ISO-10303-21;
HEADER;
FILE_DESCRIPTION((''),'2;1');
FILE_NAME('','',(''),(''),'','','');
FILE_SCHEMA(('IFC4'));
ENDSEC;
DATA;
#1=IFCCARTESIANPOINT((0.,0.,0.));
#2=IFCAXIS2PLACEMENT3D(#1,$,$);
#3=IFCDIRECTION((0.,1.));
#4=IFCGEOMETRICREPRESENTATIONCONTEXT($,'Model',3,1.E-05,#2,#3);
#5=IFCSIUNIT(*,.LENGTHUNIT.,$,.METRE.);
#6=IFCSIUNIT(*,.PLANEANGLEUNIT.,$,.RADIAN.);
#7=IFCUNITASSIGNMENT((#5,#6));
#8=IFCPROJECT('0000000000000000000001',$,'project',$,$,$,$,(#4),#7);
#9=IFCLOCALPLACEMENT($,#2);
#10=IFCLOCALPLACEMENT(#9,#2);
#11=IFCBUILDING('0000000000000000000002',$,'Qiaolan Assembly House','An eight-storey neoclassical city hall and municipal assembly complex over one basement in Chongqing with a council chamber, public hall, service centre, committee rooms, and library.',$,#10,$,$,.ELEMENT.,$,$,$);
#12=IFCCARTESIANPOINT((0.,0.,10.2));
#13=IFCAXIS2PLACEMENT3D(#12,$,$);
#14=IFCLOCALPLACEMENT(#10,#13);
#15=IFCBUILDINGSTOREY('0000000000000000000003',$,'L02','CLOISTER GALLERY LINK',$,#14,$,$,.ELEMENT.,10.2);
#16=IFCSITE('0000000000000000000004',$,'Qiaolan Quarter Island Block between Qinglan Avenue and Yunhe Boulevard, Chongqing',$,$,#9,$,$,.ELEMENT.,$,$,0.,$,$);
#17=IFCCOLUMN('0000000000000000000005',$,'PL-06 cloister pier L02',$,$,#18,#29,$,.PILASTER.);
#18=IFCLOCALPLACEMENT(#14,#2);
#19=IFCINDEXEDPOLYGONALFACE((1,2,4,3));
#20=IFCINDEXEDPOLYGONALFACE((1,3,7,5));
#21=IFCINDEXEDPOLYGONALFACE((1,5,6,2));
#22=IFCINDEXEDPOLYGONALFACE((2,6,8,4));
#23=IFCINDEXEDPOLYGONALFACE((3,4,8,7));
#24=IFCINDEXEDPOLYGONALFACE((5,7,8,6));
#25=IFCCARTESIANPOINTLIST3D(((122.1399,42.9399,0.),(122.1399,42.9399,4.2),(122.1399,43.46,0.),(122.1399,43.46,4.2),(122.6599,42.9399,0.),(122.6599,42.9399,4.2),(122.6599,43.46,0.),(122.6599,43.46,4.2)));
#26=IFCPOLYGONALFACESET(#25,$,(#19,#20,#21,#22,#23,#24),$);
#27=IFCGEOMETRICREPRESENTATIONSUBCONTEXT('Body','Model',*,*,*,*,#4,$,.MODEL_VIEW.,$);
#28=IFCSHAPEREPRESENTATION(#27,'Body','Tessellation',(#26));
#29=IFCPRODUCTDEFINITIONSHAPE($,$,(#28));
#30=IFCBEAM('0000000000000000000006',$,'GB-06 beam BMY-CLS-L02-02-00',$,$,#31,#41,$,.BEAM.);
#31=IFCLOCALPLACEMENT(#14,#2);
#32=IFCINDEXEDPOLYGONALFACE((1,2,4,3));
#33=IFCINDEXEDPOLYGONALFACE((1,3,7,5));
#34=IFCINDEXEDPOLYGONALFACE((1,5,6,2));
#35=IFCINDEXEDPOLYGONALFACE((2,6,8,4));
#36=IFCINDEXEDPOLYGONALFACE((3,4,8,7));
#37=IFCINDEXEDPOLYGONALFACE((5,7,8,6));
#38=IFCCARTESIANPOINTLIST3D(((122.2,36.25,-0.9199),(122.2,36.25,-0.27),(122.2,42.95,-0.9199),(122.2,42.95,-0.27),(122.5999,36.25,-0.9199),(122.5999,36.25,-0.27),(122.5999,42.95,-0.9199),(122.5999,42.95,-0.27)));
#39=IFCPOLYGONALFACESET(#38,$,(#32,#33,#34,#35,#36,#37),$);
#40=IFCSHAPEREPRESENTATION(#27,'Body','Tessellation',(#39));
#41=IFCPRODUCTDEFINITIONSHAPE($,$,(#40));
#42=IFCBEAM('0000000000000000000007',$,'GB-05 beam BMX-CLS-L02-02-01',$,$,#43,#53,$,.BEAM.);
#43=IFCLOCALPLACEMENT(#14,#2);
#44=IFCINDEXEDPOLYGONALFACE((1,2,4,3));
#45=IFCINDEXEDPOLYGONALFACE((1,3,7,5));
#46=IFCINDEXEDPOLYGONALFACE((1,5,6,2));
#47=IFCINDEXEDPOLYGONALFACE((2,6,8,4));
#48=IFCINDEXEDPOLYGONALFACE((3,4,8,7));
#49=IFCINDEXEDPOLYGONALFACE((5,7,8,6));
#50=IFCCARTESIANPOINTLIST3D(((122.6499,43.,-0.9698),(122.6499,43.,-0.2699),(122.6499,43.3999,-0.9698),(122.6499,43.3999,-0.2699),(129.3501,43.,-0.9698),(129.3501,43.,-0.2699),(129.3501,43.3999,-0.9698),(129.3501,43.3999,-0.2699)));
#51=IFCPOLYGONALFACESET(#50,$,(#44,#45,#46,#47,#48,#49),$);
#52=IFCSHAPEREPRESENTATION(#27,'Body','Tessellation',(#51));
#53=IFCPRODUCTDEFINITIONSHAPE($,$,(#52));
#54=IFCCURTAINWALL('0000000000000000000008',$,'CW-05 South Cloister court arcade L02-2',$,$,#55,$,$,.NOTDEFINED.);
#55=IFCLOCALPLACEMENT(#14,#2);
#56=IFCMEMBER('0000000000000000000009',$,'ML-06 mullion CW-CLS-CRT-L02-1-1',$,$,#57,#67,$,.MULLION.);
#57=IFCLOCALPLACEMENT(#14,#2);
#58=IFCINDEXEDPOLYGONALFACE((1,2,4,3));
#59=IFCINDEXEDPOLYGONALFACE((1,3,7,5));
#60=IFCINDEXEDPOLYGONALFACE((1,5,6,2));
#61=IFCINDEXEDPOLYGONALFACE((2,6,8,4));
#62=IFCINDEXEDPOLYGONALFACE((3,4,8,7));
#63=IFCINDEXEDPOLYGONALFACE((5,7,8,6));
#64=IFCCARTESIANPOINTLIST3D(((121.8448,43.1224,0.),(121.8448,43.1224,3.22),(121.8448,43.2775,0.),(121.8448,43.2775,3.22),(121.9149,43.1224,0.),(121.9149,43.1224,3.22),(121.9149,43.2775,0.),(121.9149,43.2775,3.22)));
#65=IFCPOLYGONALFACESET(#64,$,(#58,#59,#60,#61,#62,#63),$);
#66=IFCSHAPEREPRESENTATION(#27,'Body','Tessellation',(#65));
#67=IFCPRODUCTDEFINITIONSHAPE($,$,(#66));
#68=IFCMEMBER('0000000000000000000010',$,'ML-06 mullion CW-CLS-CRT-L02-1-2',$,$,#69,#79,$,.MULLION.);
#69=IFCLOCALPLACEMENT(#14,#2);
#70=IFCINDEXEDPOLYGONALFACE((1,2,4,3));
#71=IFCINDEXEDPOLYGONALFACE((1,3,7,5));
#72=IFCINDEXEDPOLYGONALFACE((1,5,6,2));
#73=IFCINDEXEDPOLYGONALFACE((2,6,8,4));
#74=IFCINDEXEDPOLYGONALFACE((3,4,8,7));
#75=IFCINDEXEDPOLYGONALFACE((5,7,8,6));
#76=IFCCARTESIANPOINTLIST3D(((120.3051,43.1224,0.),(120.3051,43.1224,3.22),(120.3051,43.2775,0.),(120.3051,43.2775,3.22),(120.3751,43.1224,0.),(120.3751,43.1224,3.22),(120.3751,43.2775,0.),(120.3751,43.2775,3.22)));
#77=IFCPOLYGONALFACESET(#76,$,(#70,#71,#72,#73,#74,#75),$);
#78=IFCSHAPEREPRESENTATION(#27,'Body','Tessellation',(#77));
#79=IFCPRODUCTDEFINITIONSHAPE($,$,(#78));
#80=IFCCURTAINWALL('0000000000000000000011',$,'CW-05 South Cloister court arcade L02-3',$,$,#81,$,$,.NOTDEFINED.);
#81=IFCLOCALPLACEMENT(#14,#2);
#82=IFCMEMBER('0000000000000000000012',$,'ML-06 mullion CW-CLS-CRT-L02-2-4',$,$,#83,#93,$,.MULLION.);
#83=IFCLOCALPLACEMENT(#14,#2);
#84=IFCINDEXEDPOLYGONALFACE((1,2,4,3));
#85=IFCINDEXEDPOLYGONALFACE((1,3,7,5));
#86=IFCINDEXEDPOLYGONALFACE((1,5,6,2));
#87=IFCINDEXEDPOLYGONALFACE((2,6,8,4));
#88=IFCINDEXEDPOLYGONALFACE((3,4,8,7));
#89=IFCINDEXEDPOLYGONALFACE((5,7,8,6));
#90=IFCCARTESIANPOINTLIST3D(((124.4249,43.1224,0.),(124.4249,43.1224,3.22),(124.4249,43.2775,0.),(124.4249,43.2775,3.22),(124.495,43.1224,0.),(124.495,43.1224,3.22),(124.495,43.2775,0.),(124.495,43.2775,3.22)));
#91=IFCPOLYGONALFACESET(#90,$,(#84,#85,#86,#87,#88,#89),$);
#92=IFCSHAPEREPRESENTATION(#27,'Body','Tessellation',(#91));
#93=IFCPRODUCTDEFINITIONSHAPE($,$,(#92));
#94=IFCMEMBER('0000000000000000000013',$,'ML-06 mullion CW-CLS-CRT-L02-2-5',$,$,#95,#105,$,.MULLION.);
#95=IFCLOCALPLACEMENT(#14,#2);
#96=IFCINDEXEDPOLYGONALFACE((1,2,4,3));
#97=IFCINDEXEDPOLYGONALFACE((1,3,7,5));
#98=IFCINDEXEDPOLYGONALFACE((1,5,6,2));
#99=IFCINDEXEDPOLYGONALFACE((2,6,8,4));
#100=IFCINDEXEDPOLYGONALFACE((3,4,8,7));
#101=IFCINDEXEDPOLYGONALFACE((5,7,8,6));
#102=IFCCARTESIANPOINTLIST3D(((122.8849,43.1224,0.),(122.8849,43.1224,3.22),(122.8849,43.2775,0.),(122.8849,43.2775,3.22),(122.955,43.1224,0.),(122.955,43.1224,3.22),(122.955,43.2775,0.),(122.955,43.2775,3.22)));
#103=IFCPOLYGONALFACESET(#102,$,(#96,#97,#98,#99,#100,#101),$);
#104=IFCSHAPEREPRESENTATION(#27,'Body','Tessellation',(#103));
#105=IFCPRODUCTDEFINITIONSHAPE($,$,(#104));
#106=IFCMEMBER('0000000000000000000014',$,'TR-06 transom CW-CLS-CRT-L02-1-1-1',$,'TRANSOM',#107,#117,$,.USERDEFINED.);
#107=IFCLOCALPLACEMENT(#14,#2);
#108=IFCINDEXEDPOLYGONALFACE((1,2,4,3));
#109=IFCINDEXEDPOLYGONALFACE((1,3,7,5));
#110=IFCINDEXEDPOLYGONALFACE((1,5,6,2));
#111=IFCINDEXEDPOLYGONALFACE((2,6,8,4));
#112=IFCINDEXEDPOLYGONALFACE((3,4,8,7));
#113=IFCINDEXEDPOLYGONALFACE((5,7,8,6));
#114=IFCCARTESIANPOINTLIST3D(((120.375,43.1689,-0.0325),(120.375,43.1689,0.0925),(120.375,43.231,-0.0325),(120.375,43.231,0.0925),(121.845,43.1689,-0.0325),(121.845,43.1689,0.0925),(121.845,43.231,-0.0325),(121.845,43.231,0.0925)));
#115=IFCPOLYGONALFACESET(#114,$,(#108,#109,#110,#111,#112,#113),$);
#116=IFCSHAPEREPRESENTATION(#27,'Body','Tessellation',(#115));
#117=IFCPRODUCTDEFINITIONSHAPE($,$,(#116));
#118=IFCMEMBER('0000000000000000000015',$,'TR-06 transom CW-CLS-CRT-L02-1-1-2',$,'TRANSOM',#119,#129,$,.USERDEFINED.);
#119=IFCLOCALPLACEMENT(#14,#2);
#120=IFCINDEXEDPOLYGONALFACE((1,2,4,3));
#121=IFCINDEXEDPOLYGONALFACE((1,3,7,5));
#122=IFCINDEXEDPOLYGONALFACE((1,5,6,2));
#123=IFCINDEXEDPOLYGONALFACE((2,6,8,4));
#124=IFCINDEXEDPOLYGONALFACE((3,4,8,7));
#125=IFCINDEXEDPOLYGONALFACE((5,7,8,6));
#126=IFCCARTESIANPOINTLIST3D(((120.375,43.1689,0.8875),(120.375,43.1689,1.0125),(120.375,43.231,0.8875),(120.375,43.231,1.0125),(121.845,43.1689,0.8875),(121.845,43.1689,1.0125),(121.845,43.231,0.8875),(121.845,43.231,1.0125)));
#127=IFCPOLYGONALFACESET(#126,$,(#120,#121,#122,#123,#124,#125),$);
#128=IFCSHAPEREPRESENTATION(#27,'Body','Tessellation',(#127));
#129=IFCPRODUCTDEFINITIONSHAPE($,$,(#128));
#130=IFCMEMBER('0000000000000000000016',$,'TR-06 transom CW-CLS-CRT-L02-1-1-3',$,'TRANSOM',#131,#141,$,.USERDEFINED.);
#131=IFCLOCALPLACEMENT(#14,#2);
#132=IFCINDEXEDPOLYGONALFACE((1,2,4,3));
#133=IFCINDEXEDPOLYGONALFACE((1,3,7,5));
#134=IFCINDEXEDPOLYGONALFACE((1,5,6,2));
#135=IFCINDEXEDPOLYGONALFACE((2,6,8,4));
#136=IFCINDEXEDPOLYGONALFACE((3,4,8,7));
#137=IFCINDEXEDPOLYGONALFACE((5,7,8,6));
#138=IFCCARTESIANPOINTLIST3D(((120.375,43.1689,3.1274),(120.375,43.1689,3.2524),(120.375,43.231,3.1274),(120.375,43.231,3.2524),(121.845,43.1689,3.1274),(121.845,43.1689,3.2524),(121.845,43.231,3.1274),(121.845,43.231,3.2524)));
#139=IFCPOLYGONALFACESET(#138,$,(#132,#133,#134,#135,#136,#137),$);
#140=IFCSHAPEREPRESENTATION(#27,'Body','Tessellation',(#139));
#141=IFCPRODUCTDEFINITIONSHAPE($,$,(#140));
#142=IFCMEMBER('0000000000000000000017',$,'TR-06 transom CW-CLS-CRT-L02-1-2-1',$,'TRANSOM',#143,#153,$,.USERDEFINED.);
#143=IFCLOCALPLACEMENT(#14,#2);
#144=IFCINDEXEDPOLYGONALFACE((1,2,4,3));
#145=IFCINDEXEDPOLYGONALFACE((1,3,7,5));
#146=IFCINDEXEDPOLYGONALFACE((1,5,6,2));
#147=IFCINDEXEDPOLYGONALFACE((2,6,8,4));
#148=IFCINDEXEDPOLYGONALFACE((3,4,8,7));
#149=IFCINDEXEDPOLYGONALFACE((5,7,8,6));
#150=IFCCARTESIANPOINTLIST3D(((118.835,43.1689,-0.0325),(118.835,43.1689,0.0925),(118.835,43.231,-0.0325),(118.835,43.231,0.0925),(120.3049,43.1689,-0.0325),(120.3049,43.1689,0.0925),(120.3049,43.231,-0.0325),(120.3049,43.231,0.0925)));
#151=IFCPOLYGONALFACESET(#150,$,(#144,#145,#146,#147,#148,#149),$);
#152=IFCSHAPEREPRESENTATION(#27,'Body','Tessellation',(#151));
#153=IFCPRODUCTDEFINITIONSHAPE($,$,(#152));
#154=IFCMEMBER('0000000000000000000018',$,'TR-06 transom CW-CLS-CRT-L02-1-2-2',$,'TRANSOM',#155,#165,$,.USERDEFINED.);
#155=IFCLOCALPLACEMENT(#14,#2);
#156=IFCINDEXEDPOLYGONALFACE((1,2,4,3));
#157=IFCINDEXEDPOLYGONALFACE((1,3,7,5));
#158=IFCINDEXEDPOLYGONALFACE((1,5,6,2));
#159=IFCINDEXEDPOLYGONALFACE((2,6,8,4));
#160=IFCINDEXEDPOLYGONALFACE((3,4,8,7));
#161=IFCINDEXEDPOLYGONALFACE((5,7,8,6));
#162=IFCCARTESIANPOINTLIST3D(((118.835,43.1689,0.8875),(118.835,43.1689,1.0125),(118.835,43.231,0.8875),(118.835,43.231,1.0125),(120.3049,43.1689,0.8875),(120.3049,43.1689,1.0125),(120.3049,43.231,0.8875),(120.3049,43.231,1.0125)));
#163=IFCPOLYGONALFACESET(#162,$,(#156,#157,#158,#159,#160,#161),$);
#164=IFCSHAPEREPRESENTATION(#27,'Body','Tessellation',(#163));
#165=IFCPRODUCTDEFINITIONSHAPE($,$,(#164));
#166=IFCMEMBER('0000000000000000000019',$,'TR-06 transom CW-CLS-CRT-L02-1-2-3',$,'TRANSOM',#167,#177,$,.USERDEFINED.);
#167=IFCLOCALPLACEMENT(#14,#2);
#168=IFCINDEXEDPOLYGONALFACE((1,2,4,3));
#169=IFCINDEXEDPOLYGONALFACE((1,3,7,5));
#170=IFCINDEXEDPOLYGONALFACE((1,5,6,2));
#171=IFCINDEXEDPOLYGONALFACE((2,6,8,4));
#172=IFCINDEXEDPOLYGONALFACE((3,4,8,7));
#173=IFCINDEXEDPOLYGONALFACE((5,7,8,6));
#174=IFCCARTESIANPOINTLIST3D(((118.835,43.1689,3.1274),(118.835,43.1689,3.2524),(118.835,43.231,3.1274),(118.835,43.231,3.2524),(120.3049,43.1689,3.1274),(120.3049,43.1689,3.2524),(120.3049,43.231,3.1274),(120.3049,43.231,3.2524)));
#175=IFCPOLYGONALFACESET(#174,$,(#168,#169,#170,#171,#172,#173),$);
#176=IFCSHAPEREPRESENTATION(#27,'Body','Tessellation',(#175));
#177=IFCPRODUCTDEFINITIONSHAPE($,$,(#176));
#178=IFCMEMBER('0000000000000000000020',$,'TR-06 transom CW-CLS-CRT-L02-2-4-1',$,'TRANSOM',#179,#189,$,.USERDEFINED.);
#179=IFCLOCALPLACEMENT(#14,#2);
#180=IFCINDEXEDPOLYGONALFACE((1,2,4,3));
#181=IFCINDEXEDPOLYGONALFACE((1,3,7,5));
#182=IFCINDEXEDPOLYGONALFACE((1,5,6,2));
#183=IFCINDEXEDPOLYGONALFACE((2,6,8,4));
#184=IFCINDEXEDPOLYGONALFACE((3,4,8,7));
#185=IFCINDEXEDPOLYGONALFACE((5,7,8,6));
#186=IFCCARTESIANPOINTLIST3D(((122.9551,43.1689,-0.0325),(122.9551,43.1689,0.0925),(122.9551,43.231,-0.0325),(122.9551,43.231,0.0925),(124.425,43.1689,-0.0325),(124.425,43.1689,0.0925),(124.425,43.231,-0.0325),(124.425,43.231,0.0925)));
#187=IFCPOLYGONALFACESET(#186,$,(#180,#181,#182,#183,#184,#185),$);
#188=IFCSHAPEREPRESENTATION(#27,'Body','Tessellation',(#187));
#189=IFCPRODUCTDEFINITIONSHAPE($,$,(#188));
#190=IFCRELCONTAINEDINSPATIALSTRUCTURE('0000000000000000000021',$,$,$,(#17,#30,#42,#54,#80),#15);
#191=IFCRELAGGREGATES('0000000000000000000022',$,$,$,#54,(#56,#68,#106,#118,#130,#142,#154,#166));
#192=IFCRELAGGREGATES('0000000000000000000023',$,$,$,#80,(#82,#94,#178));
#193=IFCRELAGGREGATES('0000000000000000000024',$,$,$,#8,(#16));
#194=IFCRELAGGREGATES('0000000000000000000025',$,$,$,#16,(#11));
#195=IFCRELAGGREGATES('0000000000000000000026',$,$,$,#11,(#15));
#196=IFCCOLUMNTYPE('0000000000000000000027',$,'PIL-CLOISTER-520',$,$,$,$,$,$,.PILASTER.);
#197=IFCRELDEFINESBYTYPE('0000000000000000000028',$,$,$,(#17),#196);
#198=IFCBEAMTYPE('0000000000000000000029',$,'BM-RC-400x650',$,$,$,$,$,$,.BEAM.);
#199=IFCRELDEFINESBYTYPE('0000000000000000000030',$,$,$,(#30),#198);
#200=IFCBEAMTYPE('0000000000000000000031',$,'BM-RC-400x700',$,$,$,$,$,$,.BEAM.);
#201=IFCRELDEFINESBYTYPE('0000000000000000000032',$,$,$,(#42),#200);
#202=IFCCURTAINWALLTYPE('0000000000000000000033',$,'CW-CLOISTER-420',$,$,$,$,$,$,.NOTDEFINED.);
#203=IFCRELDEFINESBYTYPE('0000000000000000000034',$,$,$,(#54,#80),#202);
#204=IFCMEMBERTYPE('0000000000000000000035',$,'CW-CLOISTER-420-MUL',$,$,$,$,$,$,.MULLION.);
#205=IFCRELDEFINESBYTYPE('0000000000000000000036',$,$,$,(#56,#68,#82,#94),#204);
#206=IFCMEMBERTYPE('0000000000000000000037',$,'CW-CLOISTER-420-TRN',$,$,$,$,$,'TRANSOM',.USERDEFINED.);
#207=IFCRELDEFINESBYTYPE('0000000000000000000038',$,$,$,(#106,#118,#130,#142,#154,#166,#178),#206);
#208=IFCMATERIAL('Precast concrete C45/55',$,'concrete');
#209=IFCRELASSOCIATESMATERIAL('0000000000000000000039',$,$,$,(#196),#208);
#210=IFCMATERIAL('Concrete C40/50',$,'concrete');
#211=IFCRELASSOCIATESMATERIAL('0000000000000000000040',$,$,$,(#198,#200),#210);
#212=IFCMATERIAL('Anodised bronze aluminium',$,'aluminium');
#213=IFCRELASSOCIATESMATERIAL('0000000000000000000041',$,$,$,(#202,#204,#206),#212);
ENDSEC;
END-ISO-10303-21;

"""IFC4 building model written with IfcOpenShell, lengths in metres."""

from ifc_helpers import new_model, si_unit, direction, frame, origin, origin_2d, place, context, subcontext, project, spatial, rectangle, extrude, material, material_profile, profile_set, type_object, element, aggregate, save


model = new_model("IFC4")

# Units and contexts
model_context = context("Model", 3, precision=1e-05, world=origin(), true_north=direction((0.0, 1.0)))
body_context = subcontext(model_context, "Body", "Model", "MODEL_VIEW")
ifc_project = project(units=[si_unit("LENGTHUNIT", "METRE"), si_unit("PLANEANGLEUNIT", "RADIAN")], contexts=[model_context])

# Site, building, storey
site_placement = place(None, origin())
site = spatial("IfcSite", under=ifc_project, at=site_placement, Name="Qiaolan Quarter Island Block between Qinglan Avenue and Yunhe Boulevard, Chongqing", CompositionType="ELEMENT", RefElevation=0.0)
building_placement = place(site_placement, origin())
building = spatial("IfcBuilding", under=site, at=building_placement, Name="Qiaolan Assembly House", Description="An eight-storey neoclassical city hall and municipal assembly complex over one basement in Chongqing with a council chamber, public hall, service centre, committee rooms, and library.", CompositionType="ELEMENT")
storey_placement = place(building_placement, frame((0.0, 0.0, 10.2)))
storey = spatial("IfcBuildingStorey", under=building, at=storey_placement, Name="L02", Description="CLOISTER GALLERY LINK", CompositionType="ELEMENT", Elevation=10.2)

# Column
ifc_material_1 = material(Name="Precast concrete C45/55", Category="concrete")
ifc_material_profile_1 = material_profile(ifc_material_1, rectangle(XDim=0.52, YDim=0.52, at=origin_2d()), Name="PIL 520x520")
ifc_profile_set_1 = profile_set([ifc_material_profile_1], Name="Precast concrete C45/55")
column_type = type_object("IfcColumnType", Name="PIL-CLOISTER-520", PredefinedType="PILASTER", material=ifc_profile_set_1)
column_placement = place(storey_placement, frame((122.3999, 43.2, 0.0), z_axis=(0.0, 0.0, 1.0), x_axis=(1.0, 0.0, 0.0)))
element("IfcColumn", 1, at=column_placement, inside=storey, type_object=column_type, Name="PL-06 cloister pier L02", PredefinedType="PILASTER", context=body_context, shape_type="SweptSolid", body=[
    extrude(rectangle(XDim=0.52, YDim=0.52, at=origin_2d()), origin(), (0.0, 0.0, 1.0), 4.2),
])

# Beams
ifc_material_2 = material(Name="Concrete C40/50", Category="concrete")
ifc_material_profile_2 = material_profile(ifc_material_2, rectangle(XDim=0.3999, YDim=0.6499, at=origin_2d()), Name="RCB 400x650")
ifc_profile_set_2 = profile_set([ifc_material_profile_2], Name="Concrete C40/50")
beam_type_1 = type_object("IfcBeamType", Name="BM-RC-400x650", PredefinedType="BEAM", material=ifc_profile_set_2)
beam_1_placement = place(storey_placement, frame((122.3999, 36.25, -0.595), z_axis=(0.0, 1.0, 0.0), x_axis=(-1.0, 0.0, 0.0)))
element("IfcBeam", 2, at=beam_1_placement, inside=storey, type_object=beam_type_1, Name="GB-06 beam BMY-CLS-L02-02-00", PredefinedType="BEAM", context=body_context, shape_type="SweptSolid", body=[
    extrude(rectangle(XDim=0.3999, YDim=0.6499, at=origin_2d()), origin(), (0.0, 0.0, 1.0), 6.7),
])
ifc_material_profile_3 = material_profile(ifc_material_2, rectangle(XDim=0.3999, YDim=0.7, at=origin_2d()), Name="RCB 400x700")
ifc_profile_set_3 = profile_set([ifc_material_profile_3], Name="Concrete C40/50")
beam_type_2 = type_object("IfcBeamType", Name="BM-RC-400x700", PredefinedType="BEAM", material=ifc_profile_set_3)
beam_2_placement = place(storey_placement, frame((122.6499, 43.2, -0.6199), z_axis=(1.0, 0.0, 0.0), x_axis=(0.0, 1.0, 0.0)))
element("IfcBeam", 3, at=beam_2_placement, inside=storey, type_object=beam_type_2, Name="GB-05 beam BMX-CLS-L02-02-01", PredefinedType="BEAM", context=body_context, shape_type="SweptSolid", body=[
    extrude(rectangle(XDim=0.3999, YDim=0.7, at=origin_2d()), origin(), (0.0, 0.0, 1.0), 6.7002),
])

# Curtain walls, members
ifc_material_3 = material(Name="Anodised bronze aluminium", Category="aluminium")
curtain_wall_type = type_object("IfcCurtainWallType", Name="CW-CLOISTER-420", PredefinedType="NOTDEFINED", material=ifc_material_3)
curtain_wall_1_placement = place(storey_placement, origin())
curtain_wall_1 = element("IfcCurtainWall", 4, at=curtain_wall_1_placement, inside=storey, type_object=curtain_wall_type, Name="CW-05 South Cloister court arcade L02-2", PredefinedType="NOTDEFINED")
ifc_material_profile_4 = material_profile(ifc_material_3, rectangle(XDim=0.0701, YDim=0.155, at=origin_2d()), Name="MUL 70x155")
ifc_profile_set_4 = profile_set([ifc_material_profile_4], Name="Anodised bronze aluminium")
member_type_1 = type_object("IfcMemberType", Name="CW-CLOISTER-420-MUL", PredefinedType="MULLION", material=ifc_profile_set_4)
member_1_placement = place(storey_placement, frame((121.8799, 43.2, 0.0), z_axis=(0.0, 0.0, 1.0), x_axis=(-1.0, 0.0, 0.0)))
member_1 = element("IfcMember", 5, at=member_1_placement, type_object=member_type_1, Name="ML-06 mullion CW-CLS-CRT-L02-1-1", PredefinedType="MULLION", context=body_context, shape_type="SweptSolid", body=[
    extrude(rectangle(XDim=0.0701, YDim=0.155, at=origin_2d()), origin(), (0.0, 0.0, 1.0), 3.22),
])
member_2_placement = place(storey_placement, frame((120.3401, 43.2, 0.0), z_axis=(0.0, 0.0, 1.0), x_axis=(-1.0, 0.0, 0.0)))
member_2 = element("IfcMember", 6, at=member_2_placement, type_object=member_type_1, Name="ML-06 mullion CW-CLS-CRT-L02-1-2", PredefinedType="MULLION", context=body_context, shape_type="SweptSolid", body=[
    extrude(rectangle(XDim=0.0701, YDim=0.155, at=origin_2d()), origin(), (0.0, 0.0, 1.0), 3.22),
])
curtain_wall_2_placement = place(storey_placement, origin())
curtain_wall_2 = element("IfcCurtainWall", 7, at=curtain_wall_2_placement, inside=storey, type_object=curtain_wall_type, Name="CW-05 South Cloister court arcade L02-3", PredefinedType="NOTDEFINED")
member_3_placement = place(storey_placement, frame((124.46, 43.2, 0.0), z_axis=(0.0, 0.0, 1.0), x_axis=(-1.0, 0.0, 0.0)))
member_3 = element("IfcMember", 8, at=member_3_placement, type_object=member_type_1, Name="ML-06 mullion CW-CLS-CRT-L02-2-4", PredefinedType="MULLION", context=body_context, shape_type="SweptSolid", body=[
    extrude(rectangle(XDim=0.0701, YDim=0.155, at=origin_2d()), origin(), (0.0, 0.0, 1.0), 3.22),
])
member_4_placement = place(storey_placement, frame((122.9199, 43.2, 0.0), z_axis=(0.0, 0.0, 1.0), x_axis=(-1.0, 0.0, 0.0)))
member_4 = element("IfcMember", 9, at=member_4_placement, type_object=member_type_1, Name="ML-06 mullion CW-CLS-CRT-L02-2-5", PredefinedType="MULLION", context=body_context, shape_type="SweptSolid", body=[
    extrude(rectangle(XDim=0.0701, YDim=0.155, at=origin_2d()), origin(), (0.0, 0.0, 1.0), 3.22),
])

# Members
ifc_material_profile_5 = material_profile(ifc_material_3, rectangle(XDim=0.062, YDim=0.125, at=origin_2d()), Name="TRN 62x125")
ifc_profile_set_5 = profile_set([ifc_material_profile_5], Name="Anodised bronze aluminium")
member_type_2 = type_object("IfcMemberType", Name="CW-CLOISTER-420-TRN", ElementType="TRANSOM", PredefinedType="USERDEFINED", material=ifc_profile_set_5)
member_5_placement = place(storey_placement, frame((121.845, 43.2, 0.03), z_axis=(-1.0, 0.0, 0.0), x_axis=(0.0, -1.0, 0.0)))
member_5 = element("IfcMember", 10, at=member_5_placement, type_object=member_type_2, Name="TR-06 transom CW-CLS-CRT-L02-1-1-1", ObjectType="TRANSOM", PredefinedType="USERDEFINED", context=body_context, shape_type="SweptSolid", body=[
    extrude(rectangle(XDim=0.062, YDim=0.125, at=origin_2d()), origin(), (0.0, 0.0, 1.0), 1.47),
])
member_6_placement = place(storey_placement, frame((121.845, 43.2, 0.95), z_axis=(-1.0, 0.0, 0.0), x_axis=(0.0, -1.0, 0.0)))
member_6 = element("IfcMember", 11, at=member_6_placement, type_object=member_type_2, Name="TR-06 transom CW-CLS-CRT-L02-1-1-2", ObjectType="TRANSOM", PredefinedType="USERDEFINED", context=body_context, shape_type="SweptSolid", body=[
    extrude(rectangle(XDim=0.062, YDim=0.125, at=origin_2d()), origin(), (0.0, 0.0, 1.0), 1.47),
])
member_7_placement = place(storey_placement, frame((121.845, 43.2, 3.1899), z_axis=(-1.0, 0.0, 0.0), x_axis=(0.0, -1.0, 0.0)))
member_7 = element("IfcMember", 12, at=member_7_placement, type_object=member_type_2, Name="TR-06 transom CW-CLS-CRT-L02-1-1-3", ObjectType="TRANSOM", PredefinedType="USERDEFINED", context=body_context, shape_type="SweptSolid", body=[
    extrude(rectangle(XDim=0.062, YDim=0.125, at=origin_2d()), origin(), (0.0, 0.0, 1.0), 1.47),
])
member_8_placement = place(storey_placement, frame((120.3049, 43.2, 0.03), z_axis=(-1.0, 0.0, 0.0), x_axis=(0.0, -1.0, 0.0)))
member_8 = element("IfcMember", 13, at=member_8_placement, type_object=member_type_2, Name="TR-06 transom CW-CLS-CRT-L02-1-2-1", ObjectType="TRANSOM", PredefinedType="USERDEFINED", context=body_context, shape_type="SweptSolid", body=[
    extrude(rectangle(XDim=0.062, YDim=0.125, at=origin_2d()), origin(), (0.0, 0.0, 1.0), 1.47),
])
member_9_placement = place(storey_placement, frame((120.3049, 43.2, 0.95), z_axis=(-1.0, 0.0, 0.0), x_axis=(0.0, -1.0, 0.0)))
member_9 = element("IfcMember", 14, at=member_9_placement, type_object=member_type_2, Name="TR-06 transom CW-CLS-CRT-L02-1-2-2", ObjectType="TRANSOM", PredefinedType="USERDEFINED", context=body_context, shape_type="SweptSolid", body=[
    extrude(rectangle(XDim=0.062, YDim=0.125, at=origin_2d()), origin(), (0.0, 0.0, 1.0), 1.47),
])
member_10_placement = place(storey_placement, frame((120.3049, 43.2, 3.1899), z_axis=(-1.0, 0.0, 0.0), x_axis=(0.0, -1.0, 0.0)))
member_10 = element("IfcMember", 15, at=member_10_placement, type_object=member_type_2, Name="TR-06 transom CW-CLS-CRT-L02-1-2-3", ObjectType="TRANSOM", PredefinedType="USERDEFINED", context=body_context, shape_type="SweptSolid", body=[
    extrude(rectangle(XDim=0.062, YDim=0.125, at=origin_2d()), origin(), (0.0, 0.0, 1.0), 1.47),
])
member_11_placement = place(storey_placement, frame((124.425, 43.2, 0.03), z_axis=(-1.0, 0.0, 0.0), x_axis=(0.0, -1.0, 0.0)))
member_11 = element("IfcMember", 16, at=member_11_placement, type_object=member_type_2, Name="TR-06 transom CW-CLS-CRT-L02-2-4-1", ObjectType="TRANSOM", PredefinedType="USERDEFINED", context=body_context, shape_type="SweptSolid", body=[
    extrude(rectangle(XDim=0.062, YDim=0.125, at=origin_2d()), origin(), (0.0, 0.0, 1.0), 1.47),
])

aggregate(curtain_wall_1, [member_1, member_2, member_5, member_6, member_7, member_8, member_9, member_10])
aggregate(curtain_wall_2, [member_3, member_4, member_11])

save(model, "model.ifc")
